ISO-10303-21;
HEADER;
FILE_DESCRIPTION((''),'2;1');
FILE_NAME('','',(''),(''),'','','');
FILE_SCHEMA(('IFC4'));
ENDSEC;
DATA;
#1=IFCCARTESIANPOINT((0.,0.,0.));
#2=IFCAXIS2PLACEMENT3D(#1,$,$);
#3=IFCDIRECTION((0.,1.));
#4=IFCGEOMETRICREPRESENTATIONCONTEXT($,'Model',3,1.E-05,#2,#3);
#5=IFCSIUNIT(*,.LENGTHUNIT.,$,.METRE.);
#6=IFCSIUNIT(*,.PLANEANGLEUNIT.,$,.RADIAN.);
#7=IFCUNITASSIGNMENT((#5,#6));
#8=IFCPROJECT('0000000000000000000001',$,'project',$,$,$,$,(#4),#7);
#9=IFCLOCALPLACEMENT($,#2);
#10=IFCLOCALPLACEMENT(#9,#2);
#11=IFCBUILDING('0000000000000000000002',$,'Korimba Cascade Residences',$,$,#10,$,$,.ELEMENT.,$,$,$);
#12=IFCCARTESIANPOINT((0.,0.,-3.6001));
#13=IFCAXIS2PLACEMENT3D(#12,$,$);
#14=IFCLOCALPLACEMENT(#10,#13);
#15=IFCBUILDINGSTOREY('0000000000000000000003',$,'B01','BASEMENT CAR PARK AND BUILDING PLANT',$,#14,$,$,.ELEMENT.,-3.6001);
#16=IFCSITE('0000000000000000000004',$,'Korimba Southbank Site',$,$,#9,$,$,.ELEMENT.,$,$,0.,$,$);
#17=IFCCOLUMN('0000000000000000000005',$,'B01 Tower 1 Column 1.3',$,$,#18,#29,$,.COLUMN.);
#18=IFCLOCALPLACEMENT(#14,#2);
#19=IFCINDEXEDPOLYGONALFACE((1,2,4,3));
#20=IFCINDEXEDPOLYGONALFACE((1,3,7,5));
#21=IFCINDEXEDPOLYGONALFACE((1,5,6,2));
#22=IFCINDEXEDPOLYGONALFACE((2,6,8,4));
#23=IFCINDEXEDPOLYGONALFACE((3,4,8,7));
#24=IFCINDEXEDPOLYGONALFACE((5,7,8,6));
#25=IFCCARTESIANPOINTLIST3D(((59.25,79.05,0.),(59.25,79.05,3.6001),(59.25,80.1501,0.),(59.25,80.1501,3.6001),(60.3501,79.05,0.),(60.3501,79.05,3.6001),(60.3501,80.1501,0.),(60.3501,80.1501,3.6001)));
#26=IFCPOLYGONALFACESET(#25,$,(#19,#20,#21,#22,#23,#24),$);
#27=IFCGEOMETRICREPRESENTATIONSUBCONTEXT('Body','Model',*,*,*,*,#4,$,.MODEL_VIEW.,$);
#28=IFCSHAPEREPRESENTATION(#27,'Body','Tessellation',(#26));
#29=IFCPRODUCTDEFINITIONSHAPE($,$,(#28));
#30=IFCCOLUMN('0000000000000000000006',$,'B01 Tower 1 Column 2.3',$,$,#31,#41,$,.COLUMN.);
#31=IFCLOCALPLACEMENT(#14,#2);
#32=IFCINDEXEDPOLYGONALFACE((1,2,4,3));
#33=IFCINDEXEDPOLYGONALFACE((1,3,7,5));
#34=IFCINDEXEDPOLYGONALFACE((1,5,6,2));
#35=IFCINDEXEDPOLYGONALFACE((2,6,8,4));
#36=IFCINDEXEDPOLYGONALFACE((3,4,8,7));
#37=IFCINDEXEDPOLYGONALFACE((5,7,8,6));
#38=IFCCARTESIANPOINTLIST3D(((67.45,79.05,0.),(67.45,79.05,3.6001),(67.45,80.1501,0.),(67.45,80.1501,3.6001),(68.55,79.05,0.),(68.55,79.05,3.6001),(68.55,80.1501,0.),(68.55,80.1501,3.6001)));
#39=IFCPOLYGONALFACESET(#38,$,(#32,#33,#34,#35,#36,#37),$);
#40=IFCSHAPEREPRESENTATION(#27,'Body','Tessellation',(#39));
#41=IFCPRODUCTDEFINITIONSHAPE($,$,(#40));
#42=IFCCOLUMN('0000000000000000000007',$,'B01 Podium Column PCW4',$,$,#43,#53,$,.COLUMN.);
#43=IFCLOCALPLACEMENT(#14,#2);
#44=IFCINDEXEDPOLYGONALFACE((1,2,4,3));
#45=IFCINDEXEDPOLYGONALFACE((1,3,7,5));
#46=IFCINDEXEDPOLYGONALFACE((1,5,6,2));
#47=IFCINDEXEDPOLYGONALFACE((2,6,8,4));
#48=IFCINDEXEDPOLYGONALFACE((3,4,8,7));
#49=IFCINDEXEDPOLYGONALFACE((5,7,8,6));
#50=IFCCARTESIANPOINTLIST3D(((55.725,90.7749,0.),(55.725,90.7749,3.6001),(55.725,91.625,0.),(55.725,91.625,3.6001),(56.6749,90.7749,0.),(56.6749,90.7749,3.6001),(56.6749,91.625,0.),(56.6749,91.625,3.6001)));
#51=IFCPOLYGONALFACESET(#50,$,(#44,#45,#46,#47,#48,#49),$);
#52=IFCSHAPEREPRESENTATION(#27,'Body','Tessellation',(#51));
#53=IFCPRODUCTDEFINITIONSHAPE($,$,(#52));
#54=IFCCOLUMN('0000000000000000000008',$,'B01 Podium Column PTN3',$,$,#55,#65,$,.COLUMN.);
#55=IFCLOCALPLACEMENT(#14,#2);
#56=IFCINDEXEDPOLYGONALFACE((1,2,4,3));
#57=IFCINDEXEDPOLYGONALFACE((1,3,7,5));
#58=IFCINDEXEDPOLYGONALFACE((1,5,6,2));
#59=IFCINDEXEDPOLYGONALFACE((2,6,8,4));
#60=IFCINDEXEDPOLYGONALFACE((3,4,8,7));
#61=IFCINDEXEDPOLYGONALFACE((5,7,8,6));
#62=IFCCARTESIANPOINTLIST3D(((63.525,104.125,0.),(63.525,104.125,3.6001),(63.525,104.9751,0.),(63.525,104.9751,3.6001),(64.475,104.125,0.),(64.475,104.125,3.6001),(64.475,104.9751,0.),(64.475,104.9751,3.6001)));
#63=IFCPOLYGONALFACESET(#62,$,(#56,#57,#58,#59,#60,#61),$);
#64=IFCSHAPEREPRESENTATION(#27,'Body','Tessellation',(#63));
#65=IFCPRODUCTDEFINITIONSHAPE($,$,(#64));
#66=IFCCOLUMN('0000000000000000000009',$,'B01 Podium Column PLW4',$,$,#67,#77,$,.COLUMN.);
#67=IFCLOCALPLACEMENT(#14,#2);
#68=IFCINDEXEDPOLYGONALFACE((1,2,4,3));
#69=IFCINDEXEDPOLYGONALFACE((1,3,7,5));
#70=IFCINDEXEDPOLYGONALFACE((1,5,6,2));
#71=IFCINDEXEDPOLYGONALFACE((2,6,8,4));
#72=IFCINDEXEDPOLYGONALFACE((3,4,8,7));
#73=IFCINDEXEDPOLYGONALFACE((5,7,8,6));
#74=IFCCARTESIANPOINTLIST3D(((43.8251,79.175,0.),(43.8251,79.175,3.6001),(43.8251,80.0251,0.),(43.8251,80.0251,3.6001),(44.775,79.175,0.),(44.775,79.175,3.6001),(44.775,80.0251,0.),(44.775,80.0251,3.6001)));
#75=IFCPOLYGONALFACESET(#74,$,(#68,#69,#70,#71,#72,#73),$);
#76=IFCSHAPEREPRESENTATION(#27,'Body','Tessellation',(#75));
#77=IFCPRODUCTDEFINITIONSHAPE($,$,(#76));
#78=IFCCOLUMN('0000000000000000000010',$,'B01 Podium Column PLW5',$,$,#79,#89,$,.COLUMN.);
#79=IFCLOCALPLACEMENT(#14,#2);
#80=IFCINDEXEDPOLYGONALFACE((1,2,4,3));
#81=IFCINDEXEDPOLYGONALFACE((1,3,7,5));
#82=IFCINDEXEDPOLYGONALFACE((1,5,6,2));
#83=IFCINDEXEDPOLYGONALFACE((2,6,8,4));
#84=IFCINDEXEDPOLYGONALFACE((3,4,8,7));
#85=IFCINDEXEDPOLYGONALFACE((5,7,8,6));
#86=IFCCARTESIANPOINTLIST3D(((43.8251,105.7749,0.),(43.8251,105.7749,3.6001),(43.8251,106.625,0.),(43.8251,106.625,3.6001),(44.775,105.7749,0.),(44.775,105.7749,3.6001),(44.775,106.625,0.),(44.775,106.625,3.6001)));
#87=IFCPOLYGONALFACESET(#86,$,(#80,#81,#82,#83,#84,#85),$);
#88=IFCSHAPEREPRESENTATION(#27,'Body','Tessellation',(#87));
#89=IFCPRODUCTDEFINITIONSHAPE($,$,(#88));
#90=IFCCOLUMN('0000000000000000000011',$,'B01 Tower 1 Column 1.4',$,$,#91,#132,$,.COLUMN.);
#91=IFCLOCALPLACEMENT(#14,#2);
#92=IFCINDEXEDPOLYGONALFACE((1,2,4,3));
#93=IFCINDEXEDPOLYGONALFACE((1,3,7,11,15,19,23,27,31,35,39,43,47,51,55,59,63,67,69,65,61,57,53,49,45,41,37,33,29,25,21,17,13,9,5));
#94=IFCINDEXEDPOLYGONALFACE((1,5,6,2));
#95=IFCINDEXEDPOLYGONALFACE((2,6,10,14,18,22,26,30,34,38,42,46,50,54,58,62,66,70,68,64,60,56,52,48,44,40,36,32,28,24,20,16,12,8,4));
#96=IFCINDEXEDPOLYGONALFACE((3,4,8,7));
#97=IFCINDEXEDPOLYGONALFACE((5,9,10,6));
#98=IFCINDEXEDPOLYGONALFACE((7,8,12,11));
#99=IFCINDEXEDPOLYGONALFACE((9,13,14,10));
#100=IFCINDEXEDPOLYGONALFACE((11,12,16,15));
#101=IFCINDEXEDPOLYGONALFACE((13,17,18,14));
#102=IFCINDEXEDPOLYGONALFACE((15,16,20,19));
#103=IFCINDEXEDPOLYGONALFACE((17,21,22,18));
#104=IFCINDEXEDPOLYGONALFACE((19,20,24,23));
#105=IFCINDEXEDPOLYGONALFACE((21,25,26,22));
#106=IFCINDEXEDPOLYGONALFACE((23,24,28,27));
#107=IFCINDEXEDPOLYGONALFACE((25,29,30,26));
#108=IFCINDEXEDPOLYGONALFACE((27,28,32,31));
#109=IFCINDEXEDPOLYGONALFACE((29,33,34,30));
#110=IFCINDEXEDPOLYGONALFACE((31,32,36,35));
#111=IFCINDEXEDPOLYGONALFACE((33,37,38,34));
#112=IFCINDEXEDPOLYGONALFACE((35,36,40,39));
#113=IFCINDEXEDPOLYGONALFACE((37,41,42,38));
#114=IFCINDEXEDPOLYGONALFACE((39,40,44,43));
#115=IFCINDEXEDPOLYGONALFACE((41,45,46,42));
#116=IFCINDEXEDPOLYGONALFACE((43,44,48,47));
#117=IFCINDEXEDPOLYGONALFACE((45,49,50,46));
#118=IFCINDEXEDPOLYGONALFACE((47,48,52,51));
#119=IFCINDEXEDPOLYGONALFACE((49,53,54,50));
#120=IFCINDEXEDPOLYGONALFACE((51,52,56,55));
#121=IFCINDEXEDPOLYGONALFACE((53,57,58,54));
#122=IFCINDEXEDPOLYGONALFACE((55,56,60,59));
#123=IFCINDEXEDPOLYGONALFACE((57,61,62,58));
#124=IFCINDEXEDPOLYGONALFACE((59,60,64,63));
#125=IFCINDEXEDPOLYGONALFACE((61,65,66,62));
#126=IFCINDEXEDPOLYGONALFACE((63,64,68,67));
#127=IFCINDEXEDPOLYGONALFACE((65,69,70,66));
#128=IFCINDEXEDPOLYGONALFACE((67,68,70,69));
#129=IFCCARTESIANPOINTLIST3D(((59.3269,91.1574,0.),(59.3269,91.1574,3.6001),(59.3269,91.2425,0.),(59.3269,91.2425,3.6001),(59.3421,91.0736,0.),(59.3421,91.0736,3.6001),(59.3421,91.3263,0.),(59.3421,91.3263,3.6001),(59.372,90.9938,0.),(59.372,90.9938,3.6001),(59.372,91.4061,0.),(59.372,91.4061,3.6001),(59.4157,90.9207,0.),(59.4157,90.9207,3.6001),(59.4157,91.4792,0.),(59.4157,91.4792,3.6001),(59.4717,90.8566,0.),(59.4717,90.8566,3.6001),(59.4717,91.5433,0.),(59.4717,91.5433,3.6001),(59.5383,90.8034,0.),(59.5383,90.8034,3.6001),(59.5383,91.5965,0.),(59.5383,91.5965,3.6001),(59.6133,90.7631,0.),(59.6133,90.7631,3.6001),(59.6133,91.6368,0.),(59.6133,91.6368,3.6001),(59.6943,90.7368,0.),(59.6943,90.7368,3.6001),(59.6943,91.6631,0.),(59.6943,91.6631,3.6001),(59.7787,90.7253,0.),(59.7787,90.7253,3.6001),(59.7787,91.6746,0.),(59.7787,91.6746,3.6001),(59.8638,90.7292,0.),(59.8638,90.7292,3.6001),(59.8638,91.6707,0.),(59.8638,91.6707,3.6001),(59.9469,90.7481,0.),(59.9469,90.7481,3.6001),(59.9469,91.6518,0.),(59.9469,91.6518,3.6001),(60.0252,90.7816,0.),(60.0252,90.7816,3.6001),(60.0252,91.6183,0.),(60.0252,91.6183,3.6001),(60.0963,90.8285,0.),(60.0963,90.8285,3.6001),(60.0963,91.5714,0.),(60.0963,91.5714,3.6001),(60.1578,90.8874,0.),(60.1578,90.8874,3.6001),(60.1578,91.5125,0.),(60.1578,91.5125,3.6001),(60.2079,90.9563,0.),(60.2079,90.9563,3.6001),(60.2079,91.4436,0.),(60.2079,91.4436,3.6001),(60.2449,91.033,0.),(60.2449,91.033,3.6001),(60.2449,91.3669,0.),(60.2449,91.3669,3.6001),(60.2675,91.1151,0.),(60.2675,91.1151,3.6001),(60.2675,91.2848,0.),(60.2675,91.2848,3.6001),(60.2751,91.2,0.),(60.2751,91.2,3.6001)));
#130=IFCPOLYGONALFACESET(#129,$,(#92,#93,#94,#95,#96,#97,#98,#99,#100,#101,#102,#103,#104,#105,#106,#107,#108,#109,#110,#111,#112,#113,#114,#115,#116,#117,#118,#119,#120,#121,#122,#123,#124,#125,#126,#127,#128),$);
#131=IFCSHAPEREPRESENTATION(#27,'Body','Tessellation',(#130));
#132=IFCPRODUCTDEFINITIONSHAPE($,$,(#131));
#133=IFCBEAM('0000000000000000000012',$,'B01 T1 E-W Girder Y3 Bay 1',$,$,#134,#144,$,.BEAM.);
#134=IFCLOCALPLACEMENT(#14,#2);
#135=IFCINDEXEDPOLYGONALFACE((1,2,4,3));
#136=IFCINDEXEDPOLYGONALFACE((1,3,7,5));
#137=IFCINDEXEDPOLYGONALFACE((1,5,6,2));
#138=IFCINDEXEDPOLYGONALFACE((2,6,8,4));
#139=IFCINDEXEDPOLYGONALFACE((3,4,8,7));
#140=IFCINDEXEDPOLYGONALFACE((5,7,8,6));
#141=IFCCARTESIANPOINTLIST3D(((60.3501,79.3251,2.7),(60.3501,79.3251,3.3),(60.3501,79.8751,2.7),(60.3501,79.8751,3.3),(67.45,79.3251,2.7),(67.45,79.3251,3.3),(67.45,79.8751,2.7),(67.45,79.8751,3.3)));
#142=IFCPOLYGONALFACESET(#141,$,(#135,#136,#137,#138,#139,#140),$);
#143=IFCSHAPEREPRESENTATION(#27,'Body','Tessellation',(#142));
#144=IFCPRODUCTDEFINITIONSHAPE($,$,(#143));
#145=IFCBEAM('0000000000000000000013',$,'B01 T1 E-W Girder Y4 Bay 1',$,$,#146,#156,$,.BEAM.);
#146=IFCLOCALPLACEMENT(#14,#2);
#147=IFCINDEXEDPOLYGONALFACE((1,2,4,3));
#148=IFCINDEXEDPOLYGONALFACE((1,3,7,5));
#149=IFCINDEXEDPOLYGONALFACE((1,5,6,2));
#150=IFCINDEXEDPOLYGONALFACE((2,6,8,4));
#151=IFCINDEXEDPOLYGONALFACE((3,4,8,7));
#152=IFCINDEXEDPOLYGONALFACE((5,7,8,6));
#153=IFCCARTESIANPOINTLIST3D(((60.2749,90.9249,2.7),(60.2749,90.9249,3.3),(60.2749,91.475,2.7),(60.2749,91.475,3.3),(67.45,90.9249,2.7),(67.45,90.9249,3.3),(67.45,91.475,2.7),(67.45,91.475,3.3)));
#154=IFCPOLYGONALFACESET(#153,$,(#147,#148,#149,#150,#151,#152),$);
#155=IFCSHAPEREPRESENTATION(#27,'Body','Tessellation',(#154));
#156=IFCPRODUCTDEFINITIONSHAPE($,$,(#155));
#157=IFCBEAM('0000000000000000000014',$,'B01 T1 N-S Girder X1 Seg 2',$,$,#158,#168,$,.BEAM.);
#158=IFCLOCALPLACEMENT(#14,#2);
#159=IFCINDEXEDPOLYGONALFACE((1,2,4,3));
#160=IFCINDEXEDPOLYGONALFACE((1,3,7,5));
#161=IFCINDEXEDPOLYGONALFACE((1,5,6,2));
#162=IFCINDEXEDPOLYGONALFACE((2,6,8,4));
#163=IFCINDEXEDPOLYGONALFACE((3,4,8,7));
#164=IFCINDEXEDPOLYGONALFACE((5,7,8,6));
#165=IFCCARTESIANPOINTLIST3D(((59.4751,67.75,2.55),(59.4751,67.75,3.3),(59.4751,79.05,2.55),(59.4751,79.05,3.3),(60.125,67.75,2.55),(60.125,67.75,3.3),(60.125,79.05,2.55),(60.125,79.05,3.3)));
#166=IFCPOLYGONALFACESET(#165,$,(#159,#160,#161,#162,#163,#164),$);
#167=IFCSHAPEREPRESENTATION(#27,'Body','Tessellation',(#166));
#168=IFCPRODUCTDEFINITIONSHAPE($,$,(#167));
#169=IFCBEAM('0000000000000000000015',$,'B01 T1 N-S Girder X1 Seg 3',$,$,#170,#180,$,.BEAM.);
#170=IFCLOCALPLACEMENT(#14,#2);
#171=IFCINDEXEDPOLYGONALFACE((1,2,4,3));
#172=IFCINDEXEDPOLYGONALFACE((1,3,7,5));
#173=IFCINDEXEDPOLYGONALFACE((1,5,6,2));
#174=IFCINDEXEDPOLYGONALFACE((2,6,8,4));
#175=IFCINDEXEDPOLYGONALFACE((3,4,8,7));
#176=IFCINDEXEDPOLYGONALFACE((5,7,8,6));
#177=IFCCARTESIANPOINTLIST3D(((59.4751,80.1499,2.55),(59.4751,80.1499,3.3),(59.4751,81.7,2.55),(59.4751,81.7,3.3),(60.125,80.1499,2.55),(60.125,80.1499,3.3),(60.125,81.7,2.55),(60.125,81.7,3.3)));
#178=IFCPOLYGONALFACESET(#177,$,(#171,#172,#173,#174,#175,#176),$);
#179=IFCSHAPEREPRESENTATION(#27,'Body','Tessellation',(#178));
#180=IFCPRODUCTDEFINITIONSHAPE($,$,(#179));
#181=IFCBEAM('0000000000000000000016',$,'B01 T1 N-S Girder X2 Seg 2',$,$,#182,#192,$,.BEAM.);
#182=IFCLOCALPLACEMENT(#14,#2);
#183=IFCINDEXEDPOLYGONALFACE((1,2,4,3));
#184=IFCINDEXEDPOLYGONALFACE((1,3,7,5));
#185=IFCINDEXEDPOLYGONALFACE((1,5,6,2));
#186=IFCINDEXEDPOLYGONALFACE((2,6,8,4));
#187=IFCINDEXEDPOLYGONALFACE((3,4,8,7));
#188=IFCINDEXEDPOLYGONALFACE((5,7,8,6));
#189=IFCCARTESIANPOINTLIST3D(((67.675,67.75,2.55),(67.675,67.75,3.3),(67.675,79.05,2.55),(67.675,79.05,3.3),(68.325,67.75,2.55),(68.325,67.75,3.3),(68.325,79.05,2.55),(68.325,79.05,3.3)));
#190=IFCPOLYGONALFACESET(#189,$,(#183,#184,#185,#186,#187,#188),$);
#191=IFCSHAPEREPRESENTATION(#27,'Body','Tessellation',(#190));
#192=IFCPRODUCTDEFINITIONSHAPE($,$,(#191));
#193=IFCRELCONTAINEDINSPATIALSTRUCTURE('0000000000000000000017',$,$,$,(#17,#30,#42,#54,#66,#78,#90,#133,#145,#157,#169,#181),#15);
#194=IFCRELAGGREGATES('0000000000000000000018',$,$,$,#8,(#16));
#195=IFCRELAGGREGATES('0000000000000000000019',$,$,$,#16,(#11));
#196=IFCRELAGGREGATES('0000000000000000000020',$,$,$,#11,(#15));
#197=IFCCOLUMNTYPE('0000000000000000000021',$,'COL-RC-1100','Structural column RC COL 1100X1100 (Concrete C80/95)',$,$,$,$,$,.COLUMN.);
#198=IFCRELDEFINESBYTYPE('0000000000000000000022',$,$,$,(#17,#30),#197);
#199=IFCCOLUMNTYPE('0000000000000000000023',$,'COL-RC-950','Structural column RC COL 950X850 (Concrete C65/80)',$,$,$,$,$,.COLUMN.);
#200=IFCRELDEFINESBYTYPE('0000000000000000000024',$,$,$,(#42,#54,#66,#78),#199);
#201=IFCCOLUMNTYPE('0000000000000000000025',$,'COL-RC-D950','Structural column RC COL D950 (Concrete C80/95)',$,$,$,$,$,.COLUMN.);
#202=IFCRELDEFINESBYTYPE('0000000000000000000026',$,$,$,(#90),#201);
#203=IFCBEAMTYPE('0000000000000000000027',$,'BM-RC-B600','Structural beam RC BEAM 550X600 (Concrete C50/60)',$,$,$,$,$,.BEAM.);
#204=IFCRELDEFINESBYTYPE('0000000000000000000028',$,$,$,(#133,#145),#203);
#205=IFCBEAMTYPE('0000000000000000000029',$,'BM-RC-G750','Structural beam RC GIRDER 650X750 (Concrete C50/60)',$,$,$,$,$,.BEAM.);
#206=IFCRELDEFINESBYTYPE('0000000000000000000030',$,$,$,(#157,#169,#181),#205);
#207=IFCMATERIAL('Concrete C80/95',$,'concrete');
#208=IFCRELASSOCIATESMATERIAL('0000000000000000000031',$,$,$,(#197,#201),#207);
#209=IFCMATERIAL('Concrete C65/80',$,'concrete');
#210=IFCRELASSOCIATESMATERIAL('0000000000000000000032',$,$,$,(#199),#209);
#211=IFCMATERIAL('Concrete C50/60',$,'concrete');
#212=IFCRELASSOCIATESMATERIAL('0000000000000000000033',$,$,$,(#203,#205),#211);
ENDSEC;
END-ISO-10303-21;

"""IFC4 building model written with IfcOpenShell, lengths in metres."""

from ifc_helpers import new_model, si_unit, direction, frame, origin, origin_2d, place, context, subcontext, project, spatial, rectangle, circle, extrude, material, material_profile, profile_set, type_object, element, save


model = new_model("IFC4")

# Units and contexts
model_context = context("Model", 3, precision=1e-05, world=origin(), true_north=direction((0.0, 1.0)))
body_context = subcontext(model_context, "Body", "Model", "MODEL_VIEW")
ifc_project = project(units=[si_unit("LENGTHUNIT", "METRE"), si_unit("PLANEANGLEUNIT", "RADIAN")], contexts=[model_context])

# Site, building, storey
site_placement = place(None, origin())
site = spatial("IfcSite", under=ifc_project, at=site_placement, Name="Korimba Southbank Site", CompositionType="ELEMENT", RefElevation=0.0)
building_placement = place(site_placement, origin())
building = spatial("IfcBuilding", under=site, at=building_placement, Name="Korimba Cascade Residences", CompositionType="ELEMENT")
storey_placement = place(building_placement, frame((0.0, 0.0, -3.6001)))
storey = spatial("IfcBuildingStorey", under=building, at=storey_placement, Name="B01", Description="BASEMENT CAR PARK AND BUILDING PLANT", CompositionType="ELEMENT", Elevation=-3.6001)

# Columns
ifc_material_1 = material(Name="Concrete C80/95", Category="concrete")
ifc_material_profile_1 = material_profile(ifc_material_1, rectangle(XDim=1.1001, YDim=1.1001, at=origin_2d()), Name="Concrete C80/95")
ifc_profile_set_1 = profile_set([ifc_material_profile_1], Name="Concrete C80/95")
column_type_1 = type_object("IfcColumnType", Name="COL-RC-1100", Description="Structural column RC COL 1100X1100 (Concrete C80/95)", PredefinedType="COLUMN", material=ifc_profile_set_1)
for number, where, z_axis, x_axis, name in (
    (1, (59.8, 79.6001, 0.0), (0.0, 0.0, 1.0), (1.0, 0.0, 0.0), "B01 Tower 1 Column 1.3"),
    (2, (68.0, 79.6001, 0.0), (0.0, 0.0, 1.0), (1.0, 0.0, 0.0), "B01 Tower 1 Column 2.3"),
):
    element("IfcColumn", number, at=place(storey_placement, frame(where, z_axis=z_axis, x_axis=x_axis)), inside=storey, type_object=column_type_1, Name=name, PredefinedType="COLUMN", context=body_context, shape_type="SweptSolid", body=[
        extrude(rectangle(XDim=1.1001, YDim=1.1001, at=origin_2d()), origin(), (0.0, 0.0, 1.0), 3.6001),
    ])
ifc_material_2 = material(Name="Concrete C65/80", Category="concrete")
ifc_material_profile_2 = material_profile(ifc_material_2, rectangle(XDim=0.95, YDim=0.8501, at=origin_2d()), Name="Concrete C65/80")
ifc_profile_set_2 = profile_set([ifc_material_profile_2], Name="Concrete C65/80")
column_type_2 = type_object("IfcColumnType", Name="COL-RC-950", Description="Structural column RC COL 950X850 (Concrete C65/80)", PredefinedType="COLUMN", material=ifc_profile_set_2)
for number, where, z_axis, x_axis, name in (
    (3, (56.2, 91.2, 0.0), (0.0, 0.0, 1.0), (1.0, 0.0, 0.0), "B01 Podium Column PCW4"),
    (4, (64.0, 104.55, 0.0), (0.0, 0.0, 1.0), (1.0, 0.0, 0.0), "B01 Podium Column PTN3"),
    (5, (44.3, 79.6001, 0.0), (0.0, 0.0, 1.0), (1.0, 0.0, 0.0), "B01 Podium Column PLW4"),
    (6, (44.3, 106.2, 0.0), (0.0, 0.0, 1.0), (1.0, 0.0, 0.0), "B01 Podium Column PLW5"),
):
    element("IfcColumn", number, at=place(storey_placement, frame(where, z_axis=z_axis, x_axis=x_axis)), inside=storey, type_object=column_type_2, Name=name, PredefinedType="COLUMN", context=body_context, shape_type="SweptSolid", body=[
        extrude(rectangle(XDim=0.95, YDim=0.8501, at=origin_2d()), origin(), (0.0, 0.0, 1.0), 3.6001),
    ])
ifc_material_profile_3 = material_profile(ifc_material_1, circle(Radius=0.4751, at=origin_2d()), Name="Concrete C80/95")
ifc_profile_set_3 = profile_set([ifc_material_profile_3], Name="Concrete C80/95")
column_type_3 = type_object("IfcColumnType", Name="COL-RC-D950", Description="Structural column RC COL D950 (Concrete C80/95)", PredefinedType="COLUMN", material=ifc_profile_set_3)
column_placement = place(storey_placement, frame((59.8, 91.2, 0.0), z_axis=(0.0, 0.0, 1.0), x_axis=(1.0, 0.0, 0.0)))
element("IfcColumn", 7, at=column_placement, inside=storey, type_object=column_type_3, Name="B01 Tower 1 Column 1.4", PredefinedType="COLUMN", context=body_context, shape_type="SweptSolid", body=[
    extrude(circle(Radius=0.4751, at=origin_2d()), origin(), (0.0, 0.0, 1.0), 3.6001),
])

# Beams
ifc_material_3 = material(Name="Concrete C50/60", Category="concrete")
ifc_material_profile_4 = material_profile(ifc_material_3, rectangle(XDim=0.55, YDim=0.6001, at=origin_2d()), Name="Concrete C50/60")
ifc_profile_set_4 = profile_set([ifc_material_profile_4], Name="Concrete C50/60")
beam_type_1 = type_object("IfcBeamType", Name="BM-RC-B600", Description="Structural beam RC BEAM 550X600 (Concrete C50/60)", PredefinedType="BEAM", material=ifc_profile_set_4)
beam_1_placement = place(storey_placement, frame((60.3501, 79.6001, 3.0), z_axis=(1.0, 0.0, 0.0), x_axis=(0.0, 1.0, 0.0)))
element("IfcBeam", 8, at=beam_1_placement, inside=storey, type_object=beam_type_1, Name="B01 T1 E-W Girder Y3 Bay 1", PredefinedType="BEAM", context=body_context, shape_type="SweptSolid", body=[
    extrude(rectangle(XDim=0.55, YDim=0.6001, at=origin_2d()), origin(), (0.0, 0.0, 1.0), 7.0999),
])
beam_2_placement = place(storey_placement, frame((60.2749, 91.2, 3.0), z_axis=(1.0, 0.0, 0.0), x_axis=(0.0, 1.0, 0.0)))
element("IfcBeam", 9, at=beam_2_placement, inside=storey, type_object=beam_type_1, Name="B01 T1 E-W Girder Y4 Bay 1", PredefinedType="BEAM", context=body_context, shape_type="SweptSolid", body=[
    extrude(rectangle(XDim=0.55, YDim=0.6001, at=origin_2d()), origin(), (0.0, 0.0, 1.0), 7.175),
])
ifc_material_profile_5 = material_profile(ifc_material_3, rectangle(XDim=0.6499, YDim=0.75, at=origin_2d()), Name="Concrete C50/60")
ifc_profile_set_5 = profile_set([ifc_material_profile_5], Name="Concrete C50/60")
beam_type_2 = type_object("IfcBeamType", Name="BM-RC-G750", Description="Structural beam RC GIRDER 650X750 (Concrete C50/60)", PredefinedType="BEAM", material=ifc_profile_set_5)
beam_3_placement = place(storey_placement, frame((59.8, 67.75, 2.925), z_axis=(0.0, 1.0, 0.0), x_axis=(-1.0, 0.0, 0.0)))
element("IfcBeam", 10, at=beam_3_placement, inside=storey, type_object=beam_type_2, Name="B01 T1 N-S Girder X1 Seg 2", PredefinedType="BEAM", context=body_context, shape_type="SweptSolid", body=[
    extrude(rectangle(XDim=0.6499, YDim=0.75, at=origin_2d()), origin(), (0.0, 0.0, 1.0), 11.3),
])
beam_4_placement = place(storey_placement, frame((59.8, 80.1499, 2.925), z_axis=(0.0, 1.0, 0.0), x_axis=(-1.0, 0.0, 0.0)))
element("IfcBeam", 11, at=beam_4_placement, inside=storey, type_object=beam_type_2, Name="B01 T1 N-S Girder X1 Seg 3", PredefinedType="BEAM", context=body_context, shape_type="SweptSolid", body=[
    extrude(rectangle(XDim=0.6499, YDim=0.75, at=origin_2d()), origin(), (0.0, 0.0, 1.0), 1.55),
])
beam_5_placement = place(storey_placement, frame((68.0, 67.75, 2.925), z_axis=(0.0, 1.0, 0.0), x_axis=(-1.0, 0.0, 0.0)))
element("IfcBeam", 12, at=beam_5_placement, inside=storey, type_object=beam_type_2, Name="B01 T1 N-S Girder X2 Seg 2", PredefinedType="BEAM", context=body_context, shape_type="SweptSolid", body=[
    extrude(rectangle(XDim=0.6499, YDim=0.75, at=origin_2d()), origin(), (0.0, 0.0, 1.0), 11.3),
])

save(model, "model.ifc")
